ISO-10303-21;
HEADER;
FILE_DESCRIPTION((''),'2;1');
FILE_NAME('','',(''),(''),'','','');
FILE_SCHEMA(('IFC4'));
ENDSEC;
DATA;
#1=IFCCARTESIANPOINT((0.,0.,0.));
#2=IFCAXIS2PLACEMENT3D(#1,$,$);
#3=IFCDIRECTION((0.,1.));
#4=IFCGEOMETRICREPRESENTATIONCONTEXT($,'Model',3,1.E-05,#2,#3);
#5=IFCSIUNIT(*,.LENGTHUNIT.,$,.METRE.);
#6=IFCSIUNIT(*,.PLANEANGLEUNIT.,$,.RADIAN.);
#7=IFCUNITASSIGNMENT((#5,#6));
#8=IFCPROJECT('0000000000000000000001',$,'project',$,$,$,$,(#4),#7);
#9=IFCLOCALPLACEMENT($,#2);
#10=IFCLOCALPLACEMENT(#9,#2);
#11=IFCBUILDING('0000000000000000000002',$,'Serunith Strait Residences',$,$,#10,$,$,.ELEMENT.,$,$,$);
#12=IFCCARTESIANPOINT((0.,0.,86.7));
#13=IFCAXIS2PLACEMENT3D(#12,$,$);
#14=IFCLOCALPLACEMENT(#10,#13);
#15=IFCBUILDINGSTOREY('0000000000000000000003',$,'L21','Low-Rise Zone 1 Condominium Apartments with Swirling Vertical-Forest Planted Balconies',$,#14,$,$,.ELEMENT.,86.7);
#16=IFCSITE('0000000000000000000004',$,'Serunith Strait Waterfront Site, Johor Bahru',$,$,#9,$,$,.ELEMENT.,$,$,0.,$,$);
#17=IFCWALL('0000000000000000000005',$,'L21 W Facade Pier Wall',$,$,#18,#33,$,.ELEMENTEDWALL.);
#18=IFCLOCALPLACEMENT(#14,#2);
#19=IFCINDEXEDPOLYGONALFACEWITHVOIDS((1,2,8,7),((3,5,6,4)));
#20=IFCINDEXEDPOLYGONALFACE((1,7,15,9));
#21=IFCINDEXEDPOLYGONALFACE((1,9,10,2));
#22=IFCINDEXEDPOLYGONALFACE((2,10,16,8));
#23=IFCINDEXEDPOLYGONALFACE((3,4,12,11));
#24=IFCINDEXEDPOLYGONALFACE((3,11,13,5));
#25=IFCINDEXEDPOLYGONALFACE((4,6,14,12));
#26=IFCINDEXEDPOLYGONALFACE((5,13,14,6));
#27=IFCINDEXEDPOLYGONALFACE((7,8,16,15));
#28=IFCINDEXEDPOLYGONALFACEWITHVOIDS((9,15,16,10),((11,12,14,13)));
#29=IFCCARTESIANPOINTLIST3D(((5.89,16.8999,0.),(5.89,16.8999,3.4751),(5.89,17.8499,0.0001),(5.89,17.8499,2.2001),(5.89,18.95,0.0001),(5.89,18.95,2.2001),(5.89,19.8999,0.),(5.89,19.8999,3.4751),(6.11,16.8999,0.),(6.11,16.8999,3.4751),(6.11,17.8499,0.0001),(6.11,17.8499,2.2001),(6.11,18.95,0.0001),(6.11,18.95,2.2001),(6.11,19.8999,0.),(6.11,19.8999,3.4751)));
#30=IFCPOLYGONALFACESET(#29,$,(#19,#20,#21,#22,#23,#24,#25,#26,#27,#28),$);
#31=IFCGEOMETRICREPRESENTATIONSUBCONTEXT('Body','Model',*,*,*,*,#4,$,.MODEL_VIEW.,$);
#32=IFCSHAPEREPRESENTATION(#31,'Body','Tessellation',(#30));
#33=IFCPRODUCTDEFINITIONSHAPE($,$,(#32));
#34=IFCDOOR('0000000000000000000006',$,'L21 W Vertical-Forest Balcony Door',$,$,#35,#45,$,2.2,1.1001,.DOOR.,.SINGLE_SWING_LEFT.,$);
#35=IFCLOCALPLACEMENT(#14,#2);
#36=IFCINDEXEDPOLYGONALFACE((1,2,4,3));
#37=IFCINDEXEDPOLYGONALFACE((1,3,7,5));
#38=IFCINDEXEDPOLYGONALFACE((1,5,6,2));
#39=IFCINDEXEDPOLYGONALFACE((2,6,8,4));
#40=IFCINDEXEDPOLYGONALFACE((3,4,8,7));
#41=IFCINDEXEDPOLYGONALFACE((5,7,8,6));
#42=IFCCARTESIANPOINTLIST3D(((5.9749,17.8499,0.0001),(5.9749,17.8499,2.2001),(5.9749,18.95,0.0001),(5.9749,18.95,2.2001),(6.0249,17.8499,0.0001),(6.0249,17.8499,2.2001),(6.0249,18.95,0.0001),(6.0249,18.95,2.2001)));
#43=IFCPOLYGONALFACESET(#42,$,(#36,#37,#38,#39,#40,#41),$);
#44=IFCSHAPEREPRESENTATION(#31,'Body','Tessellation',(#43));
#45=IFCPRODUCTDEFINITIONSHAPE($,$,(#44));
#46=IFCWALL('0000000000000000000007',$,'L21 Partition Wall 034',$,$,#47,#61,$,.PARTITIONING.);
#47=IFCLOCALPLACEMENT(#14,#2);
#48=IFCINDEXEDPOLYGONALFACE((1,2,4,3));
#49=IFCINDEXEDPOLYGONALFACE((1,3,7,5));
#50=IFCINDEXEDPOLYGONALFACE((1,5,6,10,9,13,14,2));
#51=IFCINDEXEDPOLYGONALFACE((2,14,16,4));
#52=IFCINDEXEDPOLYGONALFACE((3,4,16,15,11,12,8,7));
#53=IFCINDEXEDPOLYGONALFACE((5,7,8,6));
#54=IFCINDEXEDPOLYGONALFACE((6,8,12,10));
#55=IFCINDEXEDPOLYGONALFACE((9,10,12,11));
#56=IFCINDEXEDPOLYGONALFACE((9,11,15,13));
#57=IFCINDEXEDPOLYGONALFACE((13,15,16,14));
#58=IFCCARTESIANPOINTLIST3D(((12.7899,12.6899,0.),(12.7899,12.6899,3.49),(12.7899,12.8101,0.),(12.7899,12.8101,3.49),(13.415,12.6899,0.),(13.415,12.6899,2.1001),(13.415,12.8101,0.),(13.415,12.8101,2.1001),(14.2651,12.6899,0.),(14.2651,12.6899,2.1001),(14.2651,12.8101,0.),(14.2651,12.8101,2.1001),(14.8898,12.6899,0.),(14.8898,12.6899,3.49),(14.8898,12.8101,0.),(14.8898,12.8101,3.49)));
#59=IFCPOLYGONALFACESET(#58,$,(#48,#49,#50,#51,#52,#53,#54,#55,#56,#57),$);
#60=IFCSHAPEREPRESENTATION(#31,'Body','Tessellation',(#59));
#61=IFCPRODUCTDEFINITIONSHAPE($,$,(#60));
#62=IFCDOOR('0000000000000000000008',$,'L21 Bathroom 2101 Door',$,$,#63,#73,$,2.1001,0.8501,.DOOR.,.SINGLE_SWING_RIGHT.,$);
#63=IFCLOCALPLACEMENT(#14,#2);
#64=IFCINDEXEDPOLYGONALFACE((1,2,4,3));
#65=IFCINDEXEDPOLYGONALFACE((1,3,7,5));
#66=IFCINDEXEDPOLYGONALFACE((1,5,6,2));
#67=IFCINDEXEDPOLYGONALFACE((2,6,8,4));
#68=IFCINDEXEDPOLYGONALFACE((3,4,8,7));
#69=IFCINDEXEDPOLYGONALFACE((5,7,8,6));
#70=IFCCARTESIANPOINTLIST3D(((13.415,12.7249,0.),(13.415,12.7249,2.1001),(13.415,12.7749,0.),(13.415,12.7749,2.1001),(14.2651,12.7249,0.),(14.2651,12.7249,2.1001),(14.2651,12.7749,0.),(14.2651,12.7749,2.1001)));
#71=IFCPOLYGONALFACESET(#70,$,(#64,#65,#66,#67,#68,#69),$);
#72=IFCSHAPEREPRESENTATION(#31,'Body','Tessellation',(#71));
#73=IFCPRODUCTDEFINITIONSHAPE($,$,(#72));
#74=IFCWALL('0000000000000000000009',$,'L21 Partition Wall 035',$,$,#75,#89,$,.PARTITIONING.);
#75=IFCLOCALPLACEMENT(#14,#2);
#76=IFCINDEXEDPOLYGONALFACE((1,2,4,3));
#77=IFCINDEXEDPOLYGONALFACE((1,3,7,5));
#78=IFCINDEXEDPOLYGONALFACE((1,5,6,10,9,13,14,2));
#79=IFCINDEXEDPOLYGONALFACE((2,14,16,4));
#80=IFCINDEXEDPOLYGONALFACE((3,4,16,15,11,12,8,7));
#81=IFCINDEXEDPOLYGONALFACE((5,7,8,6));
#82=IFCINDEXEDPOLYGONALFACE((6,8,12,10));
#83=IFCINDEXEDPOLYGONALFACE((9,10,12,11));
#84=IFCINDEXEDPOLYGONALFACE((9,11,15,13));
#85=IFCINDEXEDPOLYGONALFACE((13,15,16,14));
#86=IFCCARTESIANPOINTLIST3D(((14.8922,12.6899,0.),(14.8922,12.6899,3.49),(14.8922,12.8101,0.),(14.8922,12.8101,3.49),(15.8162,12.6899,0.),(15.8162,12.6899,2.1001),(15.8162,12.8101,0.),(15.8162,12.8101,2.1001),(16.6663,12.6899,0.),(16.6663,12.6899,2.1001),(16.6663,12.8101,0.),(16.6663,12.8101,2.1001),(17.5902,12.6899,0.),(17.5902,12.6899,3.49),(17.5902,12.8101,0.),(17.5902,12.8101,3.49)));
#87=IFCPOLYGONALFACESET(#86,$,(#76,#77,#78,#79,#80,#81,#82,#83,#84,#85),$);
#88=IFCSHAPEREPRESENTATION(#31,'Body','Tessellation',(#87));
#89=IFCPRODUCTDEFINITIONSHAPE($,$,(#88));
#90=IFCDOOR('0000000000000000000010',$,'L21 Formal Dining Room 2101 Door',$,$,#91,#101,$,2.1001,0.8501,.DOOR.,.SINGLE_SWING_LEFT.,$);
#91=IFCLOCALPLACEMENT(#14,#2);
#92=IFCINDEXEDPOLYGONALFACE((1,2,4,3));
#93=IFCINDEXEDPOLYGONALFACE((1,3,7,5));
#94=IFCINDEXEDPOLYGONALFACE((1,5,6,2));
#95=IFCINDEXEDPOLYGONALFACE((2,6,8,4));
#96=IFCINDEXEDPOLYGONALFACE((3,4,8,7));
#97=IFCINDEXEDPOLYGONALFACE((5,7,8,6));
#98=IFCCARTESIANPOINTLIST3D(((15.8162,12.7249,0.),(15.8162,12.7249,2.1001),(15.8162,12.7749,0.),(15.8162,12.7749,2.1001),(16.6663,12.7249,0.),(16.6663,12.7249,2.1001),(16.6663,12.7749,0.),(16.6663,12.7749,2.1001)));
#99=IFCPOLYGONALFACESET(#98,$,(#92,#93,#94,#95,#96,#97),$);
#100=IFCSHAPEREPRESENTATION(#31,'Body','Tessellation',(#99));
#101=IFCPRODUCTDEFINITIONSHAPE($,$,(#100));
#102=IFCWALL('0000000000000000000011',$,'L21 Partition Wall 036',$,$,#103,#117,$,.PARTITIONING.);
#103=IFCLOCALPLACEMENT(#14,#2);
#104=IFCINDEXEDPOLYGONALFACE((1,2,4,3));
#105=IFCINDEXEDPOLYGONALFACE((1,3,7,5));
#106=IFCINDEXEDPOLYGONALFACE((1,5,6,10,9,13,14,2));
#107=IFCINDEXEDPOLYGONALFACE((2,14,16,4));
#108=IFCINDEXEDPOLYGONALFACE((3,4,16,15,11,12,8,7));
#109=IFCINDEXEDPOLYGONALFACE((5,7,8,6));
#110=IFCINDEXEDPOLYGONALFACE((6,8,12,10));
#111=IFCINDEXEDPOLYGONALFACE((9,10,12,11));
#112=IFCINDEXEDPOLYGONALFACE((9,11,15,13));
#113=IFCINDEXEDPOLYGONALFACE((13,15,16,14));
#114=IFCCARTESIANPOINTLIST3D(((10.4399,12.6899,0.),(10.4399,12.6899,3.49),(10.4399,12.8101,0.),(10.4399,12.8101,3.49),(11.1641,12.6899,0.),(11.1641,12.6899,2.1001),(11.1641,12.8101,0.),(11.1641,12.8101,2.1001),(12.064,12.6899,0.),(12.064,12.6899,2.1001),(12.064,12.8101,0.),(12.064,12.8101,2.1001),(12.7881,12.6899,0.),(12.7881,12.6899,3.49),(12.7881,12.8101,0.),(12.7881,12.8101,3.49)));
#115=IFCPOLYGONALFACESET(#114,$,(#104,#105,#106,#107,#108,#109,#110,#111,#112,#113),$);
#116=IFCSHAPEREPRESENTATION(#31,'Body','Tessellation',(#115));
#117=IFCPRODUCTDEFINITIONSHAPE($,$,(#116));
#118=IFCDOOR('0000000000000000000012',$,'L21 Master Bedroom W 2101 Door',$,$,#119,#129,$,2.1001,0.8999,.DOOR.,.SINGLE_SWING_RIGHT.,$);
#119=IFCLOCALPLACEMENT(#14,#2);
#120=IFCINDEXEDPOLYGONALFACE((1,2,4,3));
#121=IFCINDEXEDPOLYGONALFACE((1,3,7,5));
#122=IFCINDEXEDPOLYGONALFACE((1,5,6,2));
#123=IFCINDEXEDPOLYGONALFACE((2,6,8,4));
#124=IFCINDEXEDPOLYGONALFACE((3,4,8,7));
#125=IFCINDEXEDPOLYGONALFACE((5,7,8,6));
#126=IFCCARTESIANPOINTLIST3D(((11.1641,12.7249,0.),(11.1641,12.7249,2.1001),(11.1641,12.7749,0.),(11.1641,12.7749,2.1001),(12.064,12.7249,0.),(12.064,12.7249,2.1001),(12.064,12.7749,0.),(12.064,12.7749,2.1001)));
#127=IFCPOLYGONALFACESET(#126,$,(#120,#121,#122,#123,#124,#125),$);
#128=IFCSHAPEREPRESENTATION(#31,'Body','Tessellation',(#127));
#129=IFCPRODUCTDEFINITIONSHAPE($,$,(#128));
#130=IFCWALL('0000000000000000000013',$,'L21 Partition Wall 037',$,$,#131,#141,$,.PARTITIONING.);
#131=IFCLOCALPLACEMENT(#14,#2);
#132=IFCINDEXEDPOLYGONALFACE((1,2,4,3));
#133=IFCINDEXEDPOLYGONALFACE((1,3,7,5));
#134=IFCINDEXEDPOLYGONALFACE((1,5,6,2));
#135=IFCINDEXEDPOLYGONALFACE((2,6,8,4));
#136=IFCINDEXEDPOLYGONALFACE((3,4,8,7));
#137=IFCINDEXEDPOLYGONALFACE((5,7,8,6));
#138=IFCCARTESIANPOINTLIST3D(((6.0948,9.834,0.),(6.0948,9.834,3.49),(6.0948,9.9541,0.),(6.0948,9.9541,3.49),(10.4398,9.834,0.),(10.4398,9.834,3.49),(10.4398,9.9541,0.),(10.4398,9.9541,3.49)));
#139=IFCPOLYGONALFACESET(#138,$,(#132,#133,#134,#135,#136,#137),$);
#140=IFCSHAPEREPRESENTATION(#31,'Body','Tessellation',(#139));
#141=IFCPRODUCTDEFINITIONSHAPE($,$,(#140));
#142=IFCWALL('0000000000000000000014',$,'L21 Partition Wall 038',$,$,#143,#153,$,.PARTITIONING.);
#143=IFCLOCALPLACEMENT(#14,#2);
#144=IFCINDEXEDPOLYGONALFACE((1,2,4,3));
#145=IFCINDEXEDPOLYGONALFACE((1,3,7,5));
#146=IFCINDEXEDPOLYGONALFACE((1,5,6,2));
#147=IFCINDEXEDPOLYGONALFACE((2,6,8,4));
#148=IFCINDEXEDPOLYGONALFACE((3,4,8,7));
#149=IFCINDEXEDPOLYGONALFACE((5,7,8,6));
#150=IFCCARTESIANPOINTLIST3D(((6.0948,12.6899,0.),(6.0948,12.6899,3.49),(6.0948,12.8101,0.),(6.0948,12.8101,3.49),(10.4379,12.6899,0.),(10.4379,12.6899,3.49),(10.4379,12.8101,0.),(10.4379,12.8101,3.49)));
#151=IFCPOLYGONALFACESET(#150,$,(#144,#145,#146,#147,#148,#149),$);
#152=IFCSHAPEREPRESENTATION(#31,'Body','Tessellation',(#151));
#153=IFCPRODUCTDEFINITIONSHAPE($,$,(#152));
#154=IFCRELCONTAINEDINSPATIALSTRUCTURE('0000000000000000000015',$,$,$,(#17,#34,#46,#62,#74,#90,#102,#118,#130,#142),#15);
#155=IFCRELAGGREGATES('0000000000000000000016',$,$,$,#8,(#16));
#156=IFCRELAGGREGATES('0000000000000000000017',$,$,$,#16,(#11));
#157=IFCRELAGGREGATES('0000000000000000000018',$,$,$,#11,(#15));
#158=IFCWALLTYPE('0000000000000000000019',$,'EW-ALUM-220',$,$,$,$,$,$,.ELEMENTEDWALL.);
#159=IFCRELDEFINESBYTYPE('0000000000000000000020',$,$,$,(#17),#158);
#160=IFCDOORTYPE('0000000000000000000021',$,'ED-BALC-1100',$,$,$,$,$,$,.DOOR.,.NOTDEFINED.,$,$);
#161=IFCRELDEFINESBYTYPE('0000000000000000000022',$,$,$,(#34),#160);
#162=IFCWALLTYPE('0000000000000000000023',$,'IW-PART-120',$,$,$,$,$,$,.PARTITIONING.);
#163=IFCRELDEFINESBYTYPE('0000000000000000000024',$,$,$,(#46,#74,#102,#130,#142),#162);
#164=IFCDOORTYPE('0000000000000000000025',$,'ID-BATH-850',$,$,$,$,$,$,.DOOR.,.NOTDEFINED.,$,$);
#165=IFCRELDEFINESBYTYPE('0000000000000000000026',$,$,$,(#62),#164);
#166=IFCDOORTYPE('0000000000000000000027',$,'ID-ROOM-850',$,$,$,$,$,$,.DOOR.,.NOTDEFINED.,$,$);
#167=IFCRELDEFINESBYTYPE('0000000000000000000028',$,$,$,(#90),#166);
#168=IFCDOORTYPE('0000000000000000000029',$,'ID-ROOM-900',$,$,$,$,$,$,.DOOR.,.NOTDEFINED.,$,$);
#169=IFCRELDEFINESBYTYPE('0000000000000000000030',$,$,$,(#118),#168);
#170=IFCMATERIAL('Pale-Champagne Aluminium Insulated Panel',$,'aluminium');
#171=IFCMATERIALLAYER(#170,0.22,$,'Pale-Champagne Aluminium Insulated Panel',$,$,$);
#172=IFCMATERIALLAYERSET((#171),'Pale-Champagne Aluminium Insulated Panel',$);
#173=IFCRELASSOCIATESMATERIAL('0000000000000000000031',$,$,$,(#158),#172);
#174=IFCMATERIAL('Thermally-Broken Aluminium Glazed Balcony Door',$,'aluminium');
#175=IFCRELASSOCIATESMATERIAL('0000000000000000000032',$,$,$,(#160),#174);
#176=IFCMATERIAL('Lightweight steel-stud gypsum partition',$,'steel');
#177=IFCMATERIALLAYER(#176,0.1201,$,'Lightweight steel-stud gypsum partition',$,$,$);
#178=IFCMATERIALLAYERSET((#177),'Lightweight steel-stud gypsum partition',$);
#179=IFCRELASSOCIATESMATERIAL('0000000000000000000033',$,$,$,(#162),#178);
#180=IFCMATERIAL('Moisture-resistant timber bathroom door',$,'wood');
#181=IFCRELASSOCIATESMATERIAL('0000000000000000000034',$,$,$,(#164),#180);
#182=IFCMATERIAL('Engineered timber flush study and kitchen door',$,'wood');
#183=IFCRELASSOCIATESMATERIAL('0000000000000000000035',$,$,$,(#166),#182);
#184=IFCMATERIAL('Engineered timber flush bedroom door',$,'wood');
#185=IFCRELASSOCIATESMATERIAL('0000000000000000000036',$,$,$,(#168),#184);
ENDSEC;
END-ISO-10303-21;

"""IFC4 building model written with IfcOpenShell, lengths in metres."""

from ifc_helpers import new_model, si_unit, direction, frame, frame_2d, origin, place, context, subcontext, project, spatial, rectangle, extrude, source, transform, mapped, material, layer, layer_set, type_object, element, fill, save


model = new_model("IFC4")

# Units and contexts
model_context = context("Model", 3, precision=1e-05, world=origin(), true_north=direction((0.0, 1.0)))
body_context = subcontext(model_context, "Body", "Model", "MODEL_VIEW")
ifc_project = project(units=[si_unit("LENGTHUNIT", "METRE"), si_unit("PLANEANGLEUNIT", "RADIAN")], contexts=[model_context])

# Site, building, storey
site_placement = place(None, origin())
site = spatial("IfcSite", under=ifc_project, at=site_placement, Name="Serunith Strait Waterfront Site, Johor Bahru", CompositionType="ELEMENT", RefElevation=0.0)
building_placement = place(site_placement, origin())
building = spatial("IfcBuilding", under=site, at=building_placement, Name="Serunith Strait Residences", CompositionType="ELEMENT")
storey_placement = place(building_placement, frame((0.0, 0.0, 86.7)))
storey = spatial("IfcBuildingStorey", under=building, at=storey_placement, Name="L21", Description="Low-Rise Zone 1 Condominium Apartments with Swirling Vertical-Forest Planted Balconies", CompositionType="ELEMENT", Elevation=86.7)

# Walls, openings, doors
ifc_material_1 = material(Name="Pale-Champagne Aluminium Insulated Panel", Category="aluminium")
ifc_layer_1 = layer(ifc_material_1, 0.22, Name="Pale-Champagne Aluminium Insulated Panel")
ifc_layer_set_1 = layer_set([ifc_layer_1], Name="Pale-Champagne Aluminium Insulated Panel")
wall_type_1 = type_object("IfcWallType", Name="EW-ALUM-220", PredefinedType="ELEMENTEDWALL", material=ifc_layer_set_1)
wall_1_placement = place(storey_placement, frame((6.0, 19.8999, 0.0), z_axis=(0.0, 0.0, 1.0), x_axis=(0.0, -1.0, 0.0)))
wall_1 = element("IfcWall", 1, at=wall_1_placement, inside=storey, type_object=wall_type_1, Name="L21 W Facade Pier Wall", PredefinedType="ELEMENTEDWALL", context=body_context, shape_type="SweptSolid", body=[
    extrude(rectangle(XDim=3.0, YDim=0.22, at=frame_2d((1.5, 0.0))), origin(), (0.0, 0.0, 1.0), 3.4751),
])
opening_1_placement = place(wall_1_placement, frame((0.95, 0.0, 0.0)))
opening_1 = element("IfcOpeningElement", 2, at=opening_1_placement, cuts=wall_1, PredefinedType="OPENING", context=body_context, shape_type="SweptSolid", body=[
    extrude(rectangle(XDim=1.1001, YDim=2.2, at=frame_2d((0.55, 1.1001))), frame((0.0, 0.1201, 0.0), z_axis=(0.0, -1.0, 0.0), x_axis=(1.0, 0.0, 0.0)), (0.0, 0.0, 1.0), 0.24),
])
ifc_material_2 = material(Name="Thermally-Broken Aluminium Glazed Balcony Door", Category="aluminium")
door_type_1 = type_object("IfcDoorType", Name="ED-BALC-1100", OperationType="NOTDEFINED", PredefinedType="DOOR", material=ifc_material_2)
shared_shape_1 = source(origin(), body_context, "Body", "SweptSolid", [
    extrude(rectangle(XDim=1.1001, YDim=2.2, at=frame_2d((0.55, 1.1001))), frame((0.0, 0.0249, 0.0), z_axis=(0.0, -1.0, 0.0), x_axis=(1.0, 0.0, 0.0)), (0.0, 0.0, 1.0), 0.05),
])
door_1_placement = place(opening_1_placement, origin())
door_1 = element("IfcDoor", 3, at=door_1_placement, inside=storey, type_object=door_type_1, Name="L21 W Vertical-Forest Balcony Door", OperationType="SINGLE_SWING_LEFT", OverallHeight=2.2, OverallWidth=1.1001, PredefinedType="DOOR", context=body_context, shape_type="MappedRepresentation", body=[
    mapped(shared_shape_1, transform((0.0, 0.0, 0.0), scale=1.0)),
])
fill(opening_1, door_1)
ifc_material_3 = material(Name="Lightweight steel-stud gypsum partition", Category="steel")
ifc_layer_2 = layer(ifc_material_3, 0.1201, Name="Lightweight steel-stud gypsum partition")
ifc_layer_set_2 = layer_set([ifc_layer_2], Name="Lightweight steel-stud gypsum partition")
wall_type_2 = type_object("IfcWallType", Name="IW-PART-120", PredefinedType="PARTITIONING", material=ifc_layer_set_2)
wall_2_placement = place(storey_placement, frame((12.79, 12.75, 0.0), z_axis=(0.0, 0.0, 1.0), x_axis=(1.0, 0.0, 0.0)))
wall_2 = element("IfcWall", 4, at=wall_2_placement, inside=storey, type_object=wall_type_2, Name="L21 Partition Wall 034", PredefinedType="PARTITIONING", context=body_context, shape_type="SweptSolid", body=[
    extrude(rectangle(XDim=2.0999, YDim=0.1201, at=frame_2d((1.0498, 0.0))), origin(), (0.0, 0.0, 1.0), 3.49),
])
opening_2_placement = place(wall_2_placement, frame((0.625, 0.0, 0.0)))
opening_2 = element("IfcOpeningElement", 5, at=opening_2_placement, cuts=wall_2, PredefinedType="OPENING", context=body_context, shape_type="SweptSolid", body=[
    extrude(rectangle(XDim=0.8501, YDim=2.1001, at=frame_2d((0.425, 1.05))), frame((0.0, 0.0701, 0.0), z_axis=(0.0, -1.0, 0.0), x_axis=(1.0, 0.0, 0.0)), (0.0, 0.0, 1.0), 0.1401),
])
ifc_material_4 = material(Name="Moisture-resistant timber bathroom door", Category="wood")
door_type_2 = type_object("IfcDoorType", Name="ID-BATH-850", OperationType="NOTDEFINED", PredefinedType="DOOR", material=ifc_material_4)
shared_shape_2 = source(origin(), body_context, "Body", "SweptSolid", [
    extrude(rectangle(XDim=0.8501, YDim=2.1001, at=frame_2d((0.425, 1.05))), frame((0.0, 0.0249, 0.0), z_axis=(0.0, -1.0, 0.0), x_axis=(1.0, 0.0, 0.0)), (0.0, 0.0, 1.0), 0.05),
])
door_2_placement = place(opening_2_placement, origin())
door_2 = element("IfcDoor", 6, at=door_2_placement, inside=storey, type_object=door_type_2, Name="L21 Bathroom 2101 Door", OperationType="SINGLE_SWING_RIGHT", OverallHeight=2.1001, OverallWidth=0.8501, PredefinedType="DOOR", context=body_context, shape_type="MappedRepresentation", body=[
    mapped(shared_shape_2, transform((0.0, 0.0, 0.0), scale=1.0)),
])
fill(opening_2, door_2)
wall_3_placement = place(storey_placement, frame((14.8921, 12.75, 0.0), z_axis=(0.0, 0.0, 1.0), x_axis=(1.0, 0.0, 0.0)))
wall_3 = element("IfcWall", 7, at=wall_3_placement, inside=storey, type_object=wall_type_2, Name="L21 Partition Wall 035", PredefinedType="PARTITIONING", context=body_context, shape_type="SweptSolid", body=[
    extrude(rectangle(XDim=2.698, YDim=0.1201, at=frame_2d((1.3491, 0.0))), origin(), (0.0, 0.0, 1.0), 3.49),
])
opening_3_placement = place(wall_3_placement, frame((0.9241, 0.0, 0.0)))
opening_3 = element("IfcOpeningElement", 8, at=opening_3_placement, cuts=wall_3, PredefinedType="OPENING", context=body_context, shape_type="SweptSolid", body=[
    extrude(rectangle(XDim=0.8501, YDim=2.1001, at=frame_2d((0.425, 1.05))), frame((0.0, 0.0701, 0.0), z_axis=(0.0, -1.0, 0.0), x_axis=(1.0, 0.0, 0.0)), (0.0, 0.0, 1.0), 0.1401),
])
ifc_material_5 = material(Name="Engineered timber flush study and kitchen door", Category="wood")
door_type_3 = type_object("IfcDoorType", Name="ID-ROOM-850", OperationType="NOTDEFINED", PredefinedType="DOOR", material=ifc_material_5)
door_3_placement = place(opening_3_placement, origin())
door_3 = element("IfcDoor", 9, at=door_3_placement, inside=storey, type_object=door_type_3, Name="L21 Formal Dining Room 2101 Door", OperationType="SINGLE_SWING_LEFT", OverallHeight=2.1001, OverallWidth=0.8501, PredefinedType="DOOR", context=body_context, shape_type="MappedRepresentation", body=[
    mapped(shared_shape_2, transform((0.0, 0.0, 0.0), scale=1.0)),
])
fill(opening_3, door_3)
wall_4_placement = place(storey_placement, frame((10.4399, 12.75, 0.0), z_axis=(0.0, 0.0, 1.0), x_axis=(1.0, 0.0, 0.0)))
wall_4 = element("IfcWall", 10, at=wall_4_placement, inside=storey, type_object=wall_type_2, Name="L21 Partition Wall 036", PredefinedType="PARTITIONING", context=body_context, shape_type="SweptSolid", body=[
    extrude(rectangle(XDim=2.3481, YDim=0.1201, at=frame_2d((1.1741, 0.0))), origin(), (0.0, 0.0, 1.0), 3.49),
])
opening_4_placement = place(wall_4_placement, frame((0.7241, 0.0, 0.0)))
opening_4 = element("IfcOpeningElement", 11, at=opening_4_placement, cuts=wall_4, PredefinedType="OPENING", context=body_context, shape_type="SweptSolid", body=[
    extrude(rectangle(XDim=0.8999, YDim=2.1001, at=frame_2d((0.45, 1.05))), frame((0.0, 0.0701, 0.0), z_axis=(0.0, -1.0, 0.0), x_axis=(1.0, 0.0, 0.0)), (0.0, 0.0, 1.0), 0.1401),
])
ifc_material_6 = material(Name="Engineered timber flush bedroom door", Category="wood")
door_type_4 = type_object("IfcDoorType", Name="ID-ROOM-900", OperationType="NOTDEFINED", PredefinedType="DOOR", material=ifc_material_6)
shared_shape_3 = source(origin(), body_context, "Body", "SweptSolid", [
    extrude(rectangle(XDim=0.8999, YDim=2.1001, at=frame_2d((0.45, 1.05))), frame((0.0, 0.0249, 0.0), z_axis=(0.0, -1.0, 0.0), x_axis=(1.0, 0.0, 0.0)), (0.0, 0.0, 1.0), 0.05),
])
door_4_placement = place(opening_4_placement, origin())
door_4 = element("IfcDoor", 12, at=door_4_placement, inside=storey, type_object=door_type_4, Name="L21 Master Bedroom W 2101 Door", OperationType="SINGLE_SWING_RIGHT", OverallHeight=2.1001, OverallWidth=0.8999, PredefinedType="DOOR", context=body_context, shape_type="MappedRepresentation", body=[
    mapped(shared_shape_3, transform((0.0, 0.0, 0.0), scale=1.0)),
])
fill(opening_4, door_4)

# Walls
wall_5_placement = place(storey_placement, frame((6.095, 9.894, 0.0), z_axis=(0.0, 0.0, 1.0), x_axis=(1.0, 0.0, 0.0)))
element("IfcWall", 13, at=wall_5_placement, inside=storey, type_object=wall_type_2, Name="L21 Partition Wall 037", PredefinedType="PARTITIONING", context=body_context, shape_type="SweptSolid", body=[
    extrude(rectangle(XDim=4.345, YDim=0.1201, at=frame_2d((2.1724, 0.0))), origin(), (0.0, 0.0, 1.0), 3.49),
])
wall_6_placement = place(storey_placement, frame((6.095, 12.75, 0.0), z_axis=(0.0, 0.0, 1.0), x_axis=(1.0, 0.0, 0.0)))
element("IfcWall", 14, at=wall_6_placement, inside=storey, type_object=wall_type_2, Name="L21 Partition Wall 038", PredefinedType="PARTITIONING", context=body_context, shape_type="SweptSolid", body=[
    extrude(rectangle(XDim=4.343, YDim=0.1201, at=frame_2d((2.1714, 0.0))), origin(), (0.0, 0.0, 1.0), 3.49),
])

save(model, "model.ifc")
